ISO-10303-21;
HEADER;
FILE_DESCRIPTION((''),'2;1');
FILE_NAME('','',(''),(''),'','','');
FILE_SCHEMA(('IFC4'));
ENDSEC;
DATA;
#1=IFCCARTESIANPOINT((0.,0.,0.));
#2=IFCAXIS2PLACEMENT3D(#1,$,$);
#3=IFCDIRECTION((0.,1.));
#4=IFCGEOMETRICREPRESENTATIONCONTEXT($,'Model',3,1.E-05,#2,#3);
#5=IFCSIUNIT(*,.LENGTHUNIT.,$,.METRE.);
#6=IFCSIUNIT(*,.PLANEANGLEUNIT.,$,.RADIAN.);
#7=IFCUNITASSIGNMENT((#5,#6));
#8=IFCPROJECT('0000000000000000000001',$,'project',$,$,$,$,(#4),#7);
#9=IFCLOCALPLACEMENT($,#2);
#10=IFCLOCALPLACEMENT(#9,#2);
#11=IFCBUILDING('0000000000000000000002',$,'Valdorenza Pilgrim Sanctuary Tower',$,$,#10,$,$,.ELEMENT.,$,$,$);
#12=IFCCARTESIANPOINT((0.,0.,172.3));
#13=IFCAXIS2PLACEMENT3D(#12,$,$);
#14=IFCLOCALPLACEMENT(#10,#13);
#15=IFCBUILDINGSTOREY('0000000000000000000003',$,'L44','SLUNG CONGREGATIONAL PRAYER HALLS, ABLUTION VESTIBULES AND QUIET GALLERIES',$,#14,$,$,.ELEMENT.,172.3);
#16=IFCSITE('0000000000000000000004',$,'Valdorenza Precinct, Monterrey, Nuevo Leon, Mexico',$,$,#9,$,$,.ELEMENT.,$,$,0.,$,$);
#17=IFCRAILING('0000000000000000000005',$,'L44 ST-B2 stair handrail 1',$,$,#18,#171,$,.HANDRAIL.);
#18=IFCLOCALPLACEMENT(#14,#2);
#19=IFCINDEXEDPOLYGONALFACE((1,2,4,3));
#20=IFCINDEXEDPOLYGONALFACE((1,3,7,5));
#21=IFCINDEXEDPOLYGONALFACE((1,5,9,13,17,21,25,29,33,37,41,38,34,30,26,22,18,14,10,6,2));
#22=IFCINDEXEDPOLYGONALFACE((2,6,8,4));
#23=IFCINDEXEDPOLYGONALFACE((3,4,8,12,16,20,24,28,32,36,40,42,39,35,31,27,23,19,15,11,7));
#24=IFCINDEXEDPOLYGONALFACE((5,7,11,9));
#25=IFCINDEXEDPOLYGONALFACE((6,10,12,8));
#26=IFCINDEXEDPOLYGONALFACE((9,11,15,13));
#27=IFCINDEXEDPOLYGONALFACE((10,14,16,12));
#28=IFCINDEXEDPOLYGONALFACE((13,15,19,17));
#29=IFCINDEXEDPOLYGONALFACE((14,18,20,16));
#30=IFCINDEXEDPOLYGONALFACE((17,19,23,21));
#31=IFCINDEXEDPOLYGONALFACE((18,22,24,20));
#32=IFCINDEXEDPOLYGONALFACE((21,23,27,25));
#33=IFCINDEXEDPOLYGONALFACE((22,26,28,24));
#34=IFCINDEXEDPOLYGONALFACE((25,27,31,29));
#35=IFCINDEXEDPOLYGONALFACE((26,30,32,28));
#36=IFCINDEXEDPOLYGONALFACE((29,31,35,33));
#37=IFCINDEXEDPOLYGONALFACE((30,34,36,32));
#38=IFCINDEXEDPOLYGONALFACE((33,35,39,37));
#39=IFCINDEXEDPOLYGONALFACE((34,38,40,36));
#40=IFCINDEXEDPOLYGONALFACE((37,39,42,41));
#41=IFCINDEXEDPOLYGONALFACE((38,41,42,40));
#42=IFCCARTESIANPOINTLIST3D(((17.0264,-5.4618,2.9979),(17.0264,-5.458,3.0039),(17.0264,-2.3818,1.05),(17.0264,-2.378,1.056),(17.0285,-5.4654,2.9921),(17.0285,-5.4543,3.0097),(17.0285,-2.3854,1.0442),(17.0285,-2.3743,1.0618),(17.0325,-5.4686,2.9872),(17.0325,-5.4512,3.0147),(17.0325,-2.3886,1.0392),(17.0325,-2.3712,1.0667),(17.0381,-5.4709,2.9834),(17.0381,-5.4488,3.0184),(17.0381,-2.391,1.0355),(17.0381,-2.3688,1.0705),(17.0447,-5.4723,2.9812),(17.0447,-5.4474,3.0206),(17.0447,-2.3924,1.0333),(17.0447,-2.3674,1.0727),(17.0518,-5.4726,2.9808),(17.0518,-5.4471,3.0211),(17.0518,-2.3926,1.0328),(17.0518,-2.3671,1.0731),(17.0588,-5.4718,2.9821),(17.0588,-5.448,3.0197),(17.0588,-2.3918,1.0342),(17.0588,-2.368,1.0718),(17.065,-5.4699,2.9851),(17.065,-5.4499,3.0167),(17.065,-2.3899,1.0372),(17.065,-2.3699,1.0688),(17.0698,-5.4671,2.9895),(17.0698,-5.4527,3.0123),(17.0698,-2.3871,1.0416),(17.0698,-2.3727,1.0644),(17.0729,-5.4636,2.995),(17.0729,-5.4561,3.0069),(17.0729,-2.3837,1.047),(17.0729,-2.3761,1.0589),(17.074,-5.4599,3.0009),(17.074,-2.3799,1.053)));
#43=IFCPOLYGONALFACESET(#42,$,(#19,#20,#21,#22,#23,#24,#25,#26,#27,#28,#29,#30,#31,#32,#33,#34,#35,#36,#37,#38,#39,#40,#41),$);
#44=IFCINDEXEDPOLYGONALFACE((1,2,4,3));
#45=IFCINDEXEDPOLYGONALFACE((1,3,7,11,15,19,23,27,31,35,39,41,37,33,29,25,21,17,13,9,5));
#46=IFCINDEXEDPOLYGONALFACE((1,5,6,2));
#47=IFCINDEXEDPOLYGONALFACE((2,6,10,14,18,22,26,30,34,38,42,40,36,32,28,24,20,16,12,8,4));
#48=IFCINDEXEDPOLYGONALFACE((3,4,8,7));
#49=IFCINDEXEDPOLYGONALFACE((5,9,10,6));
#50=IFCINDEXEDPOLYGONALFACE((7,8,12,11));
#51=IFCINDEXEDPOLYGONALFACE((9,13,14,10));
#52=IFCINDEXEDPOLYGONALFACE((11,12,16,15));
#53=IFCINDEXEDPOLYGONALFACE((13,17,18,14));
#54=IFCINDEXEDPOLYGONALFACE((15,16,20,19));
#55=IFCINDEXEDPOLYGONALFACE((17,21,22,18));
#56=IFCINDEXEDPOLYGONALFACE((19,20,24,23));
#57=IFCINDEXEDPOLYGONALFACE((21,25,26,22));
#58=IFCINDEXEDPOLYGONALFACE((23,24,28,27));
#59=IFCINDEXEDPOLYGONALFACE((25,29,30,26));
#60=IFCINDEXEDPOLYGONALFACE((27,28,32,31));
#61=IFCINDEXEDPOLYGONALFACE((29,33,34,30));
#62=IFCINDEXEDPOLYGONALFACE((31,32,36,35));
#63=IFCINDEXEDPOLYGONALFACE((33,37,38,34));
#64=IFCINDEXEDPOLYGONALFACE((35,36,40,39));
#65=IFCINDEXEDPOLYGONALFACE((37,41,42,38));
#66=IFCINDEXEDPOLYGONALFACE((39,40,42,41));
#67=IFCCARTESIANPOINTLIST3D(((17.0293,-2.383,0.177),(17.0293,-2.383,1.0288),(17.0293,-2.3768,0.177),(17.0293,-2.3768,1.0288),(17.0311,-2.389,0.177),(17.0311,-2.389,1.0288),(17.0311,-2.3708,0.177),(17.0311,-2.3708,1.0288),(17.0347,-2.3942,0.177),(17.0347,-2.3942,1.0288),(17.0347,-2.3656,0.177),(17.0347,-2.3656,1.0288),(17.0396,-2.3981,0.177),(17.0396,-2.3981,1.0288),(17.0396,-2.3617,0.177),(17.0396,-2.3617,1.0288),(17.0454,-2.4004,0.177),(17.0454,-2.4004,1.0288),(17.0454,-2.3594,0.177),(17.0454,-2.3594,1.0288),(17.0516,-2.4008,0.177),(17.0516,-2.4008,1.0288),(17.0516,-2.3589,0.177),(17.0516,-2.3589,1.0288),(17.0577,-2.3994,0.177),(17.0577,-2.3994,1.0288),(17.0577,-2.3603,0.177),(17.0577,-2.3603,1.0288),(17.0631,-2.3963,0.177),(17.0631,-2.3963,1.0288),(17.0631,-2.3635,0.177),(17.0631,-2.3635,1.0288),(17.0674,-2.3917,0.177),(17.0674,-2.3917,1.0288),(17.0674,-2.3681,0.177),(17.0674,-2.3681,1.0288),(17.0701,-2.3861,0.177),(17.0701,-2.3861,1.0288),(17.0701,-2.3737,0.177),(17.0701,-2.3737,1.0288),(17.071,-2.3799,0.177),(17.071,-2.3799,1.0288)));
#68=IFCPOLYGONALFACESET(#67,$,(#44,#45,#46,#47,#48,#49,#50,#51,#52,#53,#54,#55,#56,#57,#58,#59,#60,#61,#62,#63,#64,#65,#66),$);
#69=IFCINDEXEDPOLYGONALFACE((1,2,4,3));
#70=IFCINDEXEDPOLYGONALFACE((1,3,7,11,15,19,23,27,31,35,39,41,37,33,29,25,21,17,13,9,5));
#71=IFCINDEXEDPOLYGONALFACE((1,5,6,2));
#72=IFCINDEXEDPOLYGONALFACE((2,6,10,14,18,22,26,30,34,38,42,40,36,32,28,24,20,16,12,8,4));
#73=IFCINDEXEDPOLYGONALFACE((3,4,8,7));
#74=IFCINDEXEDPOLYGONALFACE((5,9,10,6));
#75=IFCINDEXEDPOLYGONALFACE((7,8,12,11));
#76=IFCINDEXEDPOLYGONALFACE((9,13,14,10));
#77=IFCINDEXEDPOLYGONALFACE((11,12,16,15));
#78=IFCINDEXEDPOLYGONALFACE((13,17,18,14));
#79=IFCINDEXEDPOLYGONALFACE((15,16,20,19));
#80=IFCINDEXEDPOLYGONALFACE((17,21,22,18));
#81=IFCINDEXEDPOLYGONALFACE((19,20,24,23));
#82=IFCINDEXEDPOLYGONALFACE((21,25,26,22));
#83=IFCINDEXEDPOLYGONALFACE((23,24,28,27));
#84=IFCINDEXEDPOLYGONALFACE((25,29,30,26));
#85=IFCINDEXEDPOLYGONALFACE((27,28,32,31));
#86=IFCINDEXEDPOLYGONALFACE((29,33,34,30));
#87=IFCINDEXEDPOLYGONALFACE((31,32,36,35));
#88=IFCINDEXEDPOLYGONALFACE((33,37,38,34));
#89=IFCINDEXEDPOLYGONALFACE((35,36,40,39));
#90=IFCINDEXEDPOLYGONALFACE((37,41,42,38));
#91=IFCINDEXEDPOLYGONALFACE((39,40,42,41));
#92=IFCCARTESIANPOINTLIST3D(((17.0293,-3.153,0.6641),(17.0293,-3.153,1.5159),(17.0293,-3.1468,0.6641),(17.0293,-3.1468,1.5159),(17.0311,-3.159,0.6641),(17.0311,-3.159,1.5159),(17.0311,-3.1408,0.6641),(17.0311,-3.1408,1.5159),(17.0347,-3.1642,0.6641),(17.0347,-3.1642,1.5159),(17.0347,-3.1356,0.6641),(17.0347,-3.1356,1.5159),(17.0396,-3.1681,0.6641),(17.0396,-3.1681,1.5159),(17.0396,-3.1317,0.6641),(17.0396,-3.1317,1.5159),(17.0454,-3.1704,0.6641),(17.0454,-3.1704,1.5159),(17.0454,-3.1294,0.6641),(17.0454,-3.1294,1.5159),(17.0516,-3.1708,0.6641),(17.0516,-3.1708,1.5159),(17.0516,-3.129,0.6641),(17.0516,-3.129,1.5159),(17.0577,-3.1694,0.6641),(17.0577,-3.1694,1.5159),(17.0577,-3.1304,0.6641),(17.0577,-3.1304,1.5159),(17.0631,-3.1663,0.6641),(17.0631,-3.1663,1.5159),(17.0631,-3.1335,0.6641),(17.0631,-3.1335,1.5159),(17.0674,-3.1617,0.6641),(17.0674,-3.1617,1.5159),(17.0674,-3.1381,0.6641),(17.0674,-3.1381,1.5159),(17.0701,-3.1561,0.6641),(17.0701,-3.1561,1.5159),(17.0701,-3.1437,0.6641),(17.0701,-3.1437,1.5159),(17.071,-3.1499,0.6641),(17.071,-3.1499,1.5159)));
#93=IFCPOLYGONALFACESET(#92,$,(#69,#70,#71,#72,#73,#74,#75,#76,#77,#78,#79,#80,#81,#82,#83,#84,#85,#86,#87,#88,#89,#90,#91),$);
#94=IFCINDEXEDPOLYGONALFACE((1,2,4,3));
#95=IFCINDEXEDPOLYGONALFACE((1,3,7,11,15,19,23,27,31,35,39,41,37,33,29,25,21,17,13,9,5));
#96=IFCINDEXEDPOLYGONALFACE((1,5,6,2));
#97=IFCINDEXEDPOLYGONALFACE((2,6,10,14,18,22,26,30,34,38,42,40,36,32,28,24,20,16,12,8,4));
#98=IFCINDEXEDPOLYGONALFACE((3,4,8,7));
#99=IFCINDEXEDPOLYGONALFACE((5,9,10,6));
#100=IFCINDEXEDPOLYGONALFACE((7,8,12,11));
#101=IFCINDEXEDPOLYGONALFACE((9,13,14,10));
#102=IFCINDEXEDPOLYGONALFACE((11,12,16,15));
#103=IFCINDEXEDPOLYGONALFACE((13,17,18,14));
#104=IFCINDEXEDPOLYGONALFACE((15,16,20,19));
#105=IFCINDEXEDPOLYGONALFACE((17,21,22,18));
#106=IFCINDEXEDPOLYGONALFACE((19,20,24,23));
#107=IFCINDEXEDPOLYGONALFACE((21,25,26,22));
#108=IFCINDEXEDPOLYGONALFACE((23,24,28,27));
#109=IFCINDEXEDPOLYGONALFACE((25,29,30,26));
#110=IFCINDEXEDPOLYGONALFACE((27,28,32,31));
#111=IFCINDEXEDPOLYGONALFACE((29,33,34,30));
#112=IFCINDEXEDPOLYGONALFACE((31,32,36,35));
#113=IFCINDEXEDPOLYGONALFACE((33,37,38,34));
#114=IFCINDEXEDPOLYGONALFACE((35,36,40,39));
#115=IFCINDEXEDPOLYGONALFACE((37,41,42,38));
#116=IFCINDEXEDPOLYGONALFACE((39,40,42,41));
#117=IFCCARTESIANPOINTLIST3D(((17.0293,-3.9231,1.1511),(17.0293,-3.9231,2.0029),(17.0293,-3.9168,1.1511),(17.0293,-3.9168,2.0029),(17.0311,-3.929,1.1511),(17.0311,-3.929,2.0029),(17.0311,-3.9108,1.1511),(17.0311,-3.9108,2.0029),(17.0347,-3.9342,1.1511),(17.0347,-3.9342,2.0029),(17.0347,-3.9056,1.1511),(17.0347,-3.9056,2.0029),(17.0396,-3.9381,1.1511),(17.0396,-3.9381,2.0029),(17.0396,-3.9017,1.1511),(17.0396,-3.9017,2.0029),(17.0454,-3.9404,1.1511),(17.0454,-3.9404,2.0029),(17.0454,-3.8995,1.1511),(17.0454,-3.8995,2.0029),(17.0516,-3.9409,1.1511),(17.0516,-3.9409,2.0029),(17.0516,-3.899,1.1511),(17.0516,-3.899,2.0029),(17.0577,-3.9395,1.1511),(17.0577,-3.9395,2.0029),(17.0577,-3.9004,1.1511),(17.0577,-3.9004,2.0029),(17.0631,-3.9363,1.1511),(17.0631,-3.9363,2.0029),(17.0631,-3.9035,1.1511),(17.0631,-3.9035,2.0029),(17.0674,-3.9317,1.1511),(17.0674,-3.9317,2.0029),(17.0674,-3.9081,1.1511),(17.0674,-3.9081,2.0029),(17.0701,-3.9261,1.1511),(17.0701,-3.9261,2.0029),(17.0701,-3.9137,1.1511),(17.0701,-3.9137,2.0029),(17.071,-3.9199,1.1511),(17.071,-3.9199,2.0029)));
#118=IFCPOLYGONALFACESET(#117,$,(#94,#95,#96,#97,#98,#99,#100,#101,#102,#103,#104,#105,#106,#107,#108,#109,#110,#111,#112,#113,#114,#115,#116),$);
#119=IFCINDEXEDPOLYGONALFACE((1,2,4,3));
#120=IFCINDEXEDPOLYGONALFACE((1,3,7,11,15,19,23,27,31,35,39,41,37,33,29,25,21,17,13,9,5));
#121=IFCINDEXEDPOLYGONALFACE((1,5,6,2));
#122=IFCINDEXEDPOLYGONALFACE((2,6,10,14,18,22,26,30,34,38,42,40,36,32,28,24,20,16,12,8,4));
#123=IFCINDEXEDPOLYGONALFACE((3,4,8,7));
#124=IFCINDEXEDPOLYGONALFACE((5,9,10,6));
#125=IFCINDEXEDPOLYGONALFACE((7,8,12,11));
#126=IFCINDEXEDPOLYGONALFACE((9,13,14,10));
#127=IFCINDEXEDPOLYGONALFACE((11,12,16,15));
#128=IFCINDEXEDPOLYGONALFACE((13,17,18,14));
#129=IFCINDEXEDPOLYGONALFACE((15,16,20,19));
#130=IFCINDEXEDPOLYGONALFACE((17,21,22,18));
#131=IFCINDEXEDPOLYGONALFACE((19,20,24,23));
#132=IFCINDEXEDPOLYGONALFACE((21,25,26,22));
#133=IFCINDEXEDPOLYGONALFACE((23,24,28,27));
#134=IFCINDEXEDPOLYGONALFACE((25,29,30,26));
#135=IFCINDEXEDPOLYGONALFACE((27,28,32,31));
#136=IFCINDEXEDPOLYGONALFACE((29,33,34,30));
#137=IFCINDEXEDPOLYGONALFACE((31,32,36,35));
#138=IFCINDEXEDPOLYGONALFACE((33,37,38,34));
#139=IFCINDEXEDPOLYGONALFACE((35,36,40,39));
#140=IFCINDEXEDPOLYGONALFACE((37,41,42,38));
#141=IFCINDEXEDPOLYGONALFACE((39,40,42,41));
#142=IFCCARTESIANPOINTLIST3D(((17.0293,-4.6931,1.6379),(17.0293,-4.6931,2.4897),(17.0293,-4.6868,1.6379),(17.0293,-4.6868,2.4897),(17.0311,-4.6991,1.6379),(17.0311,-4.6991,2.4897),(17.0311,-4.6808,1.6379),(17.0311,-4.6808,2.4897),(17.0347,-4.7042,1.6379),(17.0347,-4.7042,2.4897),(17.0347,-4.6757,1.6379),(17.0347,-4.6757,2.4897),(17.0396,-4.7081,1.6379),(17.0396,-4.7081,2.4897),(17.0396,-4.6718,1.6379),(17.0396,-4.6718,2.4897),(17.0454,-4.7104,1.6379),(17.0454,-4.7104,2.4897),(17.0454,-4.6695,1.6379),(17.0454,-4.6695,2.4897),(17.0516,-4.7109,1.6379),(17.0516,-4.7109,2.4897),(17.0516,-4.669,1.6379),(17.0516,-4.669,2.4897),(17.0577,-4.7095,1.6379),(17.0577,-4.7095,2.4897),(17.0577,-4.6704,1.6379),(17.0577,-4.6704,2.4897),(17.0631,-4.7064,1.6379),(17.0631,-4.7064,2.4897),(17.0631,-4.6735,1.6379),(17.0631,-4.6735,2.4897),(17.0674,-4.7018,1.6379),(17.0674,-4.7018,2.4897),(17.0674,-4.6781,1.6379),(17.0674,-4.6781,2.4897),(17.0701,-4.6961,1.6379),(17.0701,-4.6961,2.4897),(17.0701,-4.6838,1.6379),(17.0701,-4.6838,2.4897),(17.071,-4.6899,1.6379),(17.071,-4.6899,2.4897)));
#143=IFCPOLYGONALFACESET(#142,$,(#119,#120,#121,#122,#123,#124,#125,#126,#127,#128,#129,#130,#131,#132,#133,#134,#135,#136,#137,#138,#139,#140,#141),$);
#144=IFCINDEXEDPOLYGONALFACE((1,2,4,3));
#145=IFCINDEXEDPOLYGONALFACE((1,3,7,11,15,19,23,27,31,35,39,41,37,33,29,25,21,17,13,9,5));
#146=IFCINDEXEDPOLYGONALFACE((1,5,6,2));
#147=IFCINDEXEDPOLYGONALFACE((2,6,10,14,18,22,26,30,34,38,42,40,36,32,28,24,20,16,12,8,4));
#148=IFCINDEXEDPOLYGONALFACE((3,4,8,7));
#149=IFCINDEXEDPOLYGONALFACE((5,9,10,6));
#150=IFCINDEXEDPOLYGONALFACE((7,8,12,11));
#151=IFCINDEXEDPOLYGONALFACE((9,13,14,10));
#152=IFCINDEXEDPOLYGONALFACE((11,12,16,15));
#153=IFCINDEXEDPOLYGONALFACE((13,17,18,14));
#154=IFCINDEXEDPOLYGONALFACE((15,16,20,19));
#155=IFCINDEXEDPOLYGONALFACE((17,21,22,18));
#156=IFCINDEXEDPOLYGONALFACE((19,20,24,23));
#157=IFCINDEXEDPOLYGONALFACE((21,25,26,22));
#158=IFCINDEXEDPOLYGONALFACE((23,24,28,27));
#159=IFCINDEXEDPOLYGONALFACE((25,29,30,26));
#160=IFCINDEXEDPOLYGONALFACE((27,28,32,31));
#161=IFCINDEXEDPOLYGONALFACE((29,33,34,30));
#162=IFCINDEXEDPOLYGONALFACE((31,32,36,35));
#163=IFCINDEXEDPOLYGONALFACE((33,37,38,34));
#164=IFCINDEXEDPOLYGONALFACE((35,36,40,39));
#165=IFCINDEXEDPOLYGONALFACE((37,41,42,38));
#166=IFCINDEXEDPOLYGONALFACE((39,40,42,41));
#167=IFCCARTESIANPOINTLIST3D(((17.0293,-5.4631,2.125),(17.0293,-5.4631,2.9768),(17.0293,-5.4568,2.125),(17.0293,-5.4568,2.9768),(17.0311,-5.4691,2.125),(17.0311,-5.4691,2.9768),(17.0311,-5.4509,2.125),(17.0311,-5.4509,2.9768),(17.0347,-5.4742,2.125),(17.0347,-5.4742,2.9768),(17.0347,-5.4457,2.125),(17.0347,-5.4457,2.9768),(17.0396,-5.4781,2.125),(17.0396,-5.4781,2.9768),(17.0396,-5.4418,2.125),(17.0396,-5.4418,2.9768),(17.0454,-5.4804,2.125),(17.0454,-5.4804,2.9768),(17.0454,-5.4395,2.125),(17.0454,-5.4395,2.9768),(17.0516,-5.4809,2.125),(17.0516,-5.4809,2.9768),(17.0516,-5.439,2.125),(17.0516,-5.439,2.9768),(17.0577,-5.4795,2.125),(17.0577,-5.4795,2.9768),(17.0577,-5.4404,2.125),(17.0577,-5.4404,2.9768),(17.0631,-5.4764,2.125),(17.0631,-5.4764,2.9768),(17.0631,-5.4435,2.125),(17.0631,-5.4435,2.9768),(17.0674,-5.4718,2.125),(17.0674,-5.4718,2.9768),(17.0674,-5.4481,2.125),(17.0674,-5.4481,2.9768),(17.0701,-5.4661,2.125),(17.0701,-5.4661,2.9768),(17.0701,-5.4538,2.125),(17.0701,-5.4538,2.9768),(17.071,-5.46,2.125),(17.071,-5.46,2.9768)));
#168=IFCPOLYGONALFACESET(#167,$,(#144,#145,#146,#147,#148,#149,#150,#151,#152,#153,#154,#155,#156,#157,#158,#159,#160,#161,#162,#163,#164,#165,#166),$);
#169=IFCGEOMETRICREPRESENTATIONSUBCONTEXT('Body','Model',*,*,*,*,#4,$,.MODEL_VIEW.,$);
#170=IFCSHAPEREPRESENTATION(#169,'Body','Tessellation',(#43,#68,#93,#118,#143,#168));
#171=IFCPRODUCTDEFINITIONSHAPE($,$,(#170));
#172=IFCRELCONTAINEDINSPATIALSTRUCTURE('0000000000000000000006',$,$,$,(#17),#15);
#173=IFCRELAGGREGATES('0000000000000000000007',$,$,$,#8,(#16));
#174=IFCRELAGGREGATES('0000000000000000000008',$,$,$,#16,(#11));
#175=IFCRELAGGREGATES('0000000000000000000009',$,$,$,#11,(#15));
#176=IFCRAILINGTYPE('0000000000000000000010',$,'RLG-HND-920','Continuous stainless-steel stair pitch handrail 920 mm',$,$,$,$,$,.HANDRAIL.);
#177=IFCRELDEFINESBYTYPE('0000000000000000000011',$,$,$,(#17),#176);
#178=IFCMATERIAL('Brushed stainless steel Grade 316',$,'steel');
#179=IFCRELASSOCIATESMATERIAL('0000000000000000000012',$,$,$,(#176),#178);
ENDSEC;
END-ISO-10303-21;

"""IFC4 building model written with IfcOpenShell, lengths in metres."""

from ifc_helpers import new_model, si_unit, direction, frame, origin, origin_2d, place, context, subcontext, project, spatial, circle, extrude, material, type_object, element, save


model = new_model("IFC4")

# Units and contexts
model_context = context("Model", 3, precision=1e-05, world=origin(), true_north=direction((0.0, 1.0)))
body_context = subcontext(model_context, "Body", "Model", "MODEL_VIEW")
ifc_project = project(units=[si_unit("LENGTHUNIT", "METRE"), si_unit("PLANEANGLEUNIT", "RADIAN")], contexts=[model_context])

# Site, building, storey
site_placement = place(None, origin())
site = spatial("IfcSite", under=ifc_project, at=site_placement, Name="Valdorenza Precinct, Monterrey, Nuevo Leon, Mexico", CompositionType="ELEMENT", RefElevation=0.0)
building_placement = place(site_placement, origin())
building = spatial("IfcBuilding", under=site, at=building_placement, Name="Valdorenza Pilgrim Sanctuary Tower", CompositionType="ELEMENT")
storey_placement = place(building_placement, frame((0.0, 0.0, 172.3)))
storey = spatial("IfcBuildingStorey", under=building, at=storey_placement, Name="L44", Description="SLUNG CONGREGATIONAL PRAYER HALLS, ABLUTION VESTIBULES AND QUIET GALLERIES", CompositionType="ELEMENT", Elevation=172.3)

# Railing
ifc_material_1 = material(Name="Brushed stainless steel Grade 316", Category="steel")
railing_type_1 = type_object("IfcRailingType", Name="RLG-HND-920", Description="Continuous stainless-steel stair pitch handrail 920 mm", PredefinedType="HANDRAIL", material=ifc_material_1)
railing_1_placement = place(storey_placement, frame((17.05, -2.3799, 0.177)))
element("IfcRailing", 1, at=railing_1_placement, inside=storey, type_object=railing_type_1, Name="L44 ST-B2 stair handrail 1", PredefinedType="HANDRAIL", context=body_context, shape_type="SweptSolid", body=[
    extrude(circle(Radius=0.0239, at=origin_2d()), frame((0.0, 0.0, 0.876), z_axis=(0.0, -0.845156, 0.53452), x_axis=(1.0, 0.0, 0.0)), (0.0, 0.0, 1.0), 3.6443),
    extrude(circle(Radius=0.021, at=origin_2d()), origin(), (0.0, 0.0, 1.0), 0.8518),
    extrude(circle(Radius=0.021, at=origin_2d()), frame((0.0, -0.77, 0.4871)), (0.0, 0.0, 1.0), 0.8518),
    extrude(circle(Radius=0.021, at=origin_2d()), frame((0.0, -1.54, 0.9741)), (0.0, 0.0, 1.0), 0.8518),
    extrude(circle(Radius=0.021, at=origin_2d()), frame((0.0, -2.3101, 1.4609)), (0.0, 0.0, 1.0), 0.8518),
    extrude(circle(Radius=0.021, at=origin_2d()), frame((0.0, -3.0801, 1.948)), (0.0, 0.0, 1.0), 0.8518),
])

save(model, "model.ifc")
